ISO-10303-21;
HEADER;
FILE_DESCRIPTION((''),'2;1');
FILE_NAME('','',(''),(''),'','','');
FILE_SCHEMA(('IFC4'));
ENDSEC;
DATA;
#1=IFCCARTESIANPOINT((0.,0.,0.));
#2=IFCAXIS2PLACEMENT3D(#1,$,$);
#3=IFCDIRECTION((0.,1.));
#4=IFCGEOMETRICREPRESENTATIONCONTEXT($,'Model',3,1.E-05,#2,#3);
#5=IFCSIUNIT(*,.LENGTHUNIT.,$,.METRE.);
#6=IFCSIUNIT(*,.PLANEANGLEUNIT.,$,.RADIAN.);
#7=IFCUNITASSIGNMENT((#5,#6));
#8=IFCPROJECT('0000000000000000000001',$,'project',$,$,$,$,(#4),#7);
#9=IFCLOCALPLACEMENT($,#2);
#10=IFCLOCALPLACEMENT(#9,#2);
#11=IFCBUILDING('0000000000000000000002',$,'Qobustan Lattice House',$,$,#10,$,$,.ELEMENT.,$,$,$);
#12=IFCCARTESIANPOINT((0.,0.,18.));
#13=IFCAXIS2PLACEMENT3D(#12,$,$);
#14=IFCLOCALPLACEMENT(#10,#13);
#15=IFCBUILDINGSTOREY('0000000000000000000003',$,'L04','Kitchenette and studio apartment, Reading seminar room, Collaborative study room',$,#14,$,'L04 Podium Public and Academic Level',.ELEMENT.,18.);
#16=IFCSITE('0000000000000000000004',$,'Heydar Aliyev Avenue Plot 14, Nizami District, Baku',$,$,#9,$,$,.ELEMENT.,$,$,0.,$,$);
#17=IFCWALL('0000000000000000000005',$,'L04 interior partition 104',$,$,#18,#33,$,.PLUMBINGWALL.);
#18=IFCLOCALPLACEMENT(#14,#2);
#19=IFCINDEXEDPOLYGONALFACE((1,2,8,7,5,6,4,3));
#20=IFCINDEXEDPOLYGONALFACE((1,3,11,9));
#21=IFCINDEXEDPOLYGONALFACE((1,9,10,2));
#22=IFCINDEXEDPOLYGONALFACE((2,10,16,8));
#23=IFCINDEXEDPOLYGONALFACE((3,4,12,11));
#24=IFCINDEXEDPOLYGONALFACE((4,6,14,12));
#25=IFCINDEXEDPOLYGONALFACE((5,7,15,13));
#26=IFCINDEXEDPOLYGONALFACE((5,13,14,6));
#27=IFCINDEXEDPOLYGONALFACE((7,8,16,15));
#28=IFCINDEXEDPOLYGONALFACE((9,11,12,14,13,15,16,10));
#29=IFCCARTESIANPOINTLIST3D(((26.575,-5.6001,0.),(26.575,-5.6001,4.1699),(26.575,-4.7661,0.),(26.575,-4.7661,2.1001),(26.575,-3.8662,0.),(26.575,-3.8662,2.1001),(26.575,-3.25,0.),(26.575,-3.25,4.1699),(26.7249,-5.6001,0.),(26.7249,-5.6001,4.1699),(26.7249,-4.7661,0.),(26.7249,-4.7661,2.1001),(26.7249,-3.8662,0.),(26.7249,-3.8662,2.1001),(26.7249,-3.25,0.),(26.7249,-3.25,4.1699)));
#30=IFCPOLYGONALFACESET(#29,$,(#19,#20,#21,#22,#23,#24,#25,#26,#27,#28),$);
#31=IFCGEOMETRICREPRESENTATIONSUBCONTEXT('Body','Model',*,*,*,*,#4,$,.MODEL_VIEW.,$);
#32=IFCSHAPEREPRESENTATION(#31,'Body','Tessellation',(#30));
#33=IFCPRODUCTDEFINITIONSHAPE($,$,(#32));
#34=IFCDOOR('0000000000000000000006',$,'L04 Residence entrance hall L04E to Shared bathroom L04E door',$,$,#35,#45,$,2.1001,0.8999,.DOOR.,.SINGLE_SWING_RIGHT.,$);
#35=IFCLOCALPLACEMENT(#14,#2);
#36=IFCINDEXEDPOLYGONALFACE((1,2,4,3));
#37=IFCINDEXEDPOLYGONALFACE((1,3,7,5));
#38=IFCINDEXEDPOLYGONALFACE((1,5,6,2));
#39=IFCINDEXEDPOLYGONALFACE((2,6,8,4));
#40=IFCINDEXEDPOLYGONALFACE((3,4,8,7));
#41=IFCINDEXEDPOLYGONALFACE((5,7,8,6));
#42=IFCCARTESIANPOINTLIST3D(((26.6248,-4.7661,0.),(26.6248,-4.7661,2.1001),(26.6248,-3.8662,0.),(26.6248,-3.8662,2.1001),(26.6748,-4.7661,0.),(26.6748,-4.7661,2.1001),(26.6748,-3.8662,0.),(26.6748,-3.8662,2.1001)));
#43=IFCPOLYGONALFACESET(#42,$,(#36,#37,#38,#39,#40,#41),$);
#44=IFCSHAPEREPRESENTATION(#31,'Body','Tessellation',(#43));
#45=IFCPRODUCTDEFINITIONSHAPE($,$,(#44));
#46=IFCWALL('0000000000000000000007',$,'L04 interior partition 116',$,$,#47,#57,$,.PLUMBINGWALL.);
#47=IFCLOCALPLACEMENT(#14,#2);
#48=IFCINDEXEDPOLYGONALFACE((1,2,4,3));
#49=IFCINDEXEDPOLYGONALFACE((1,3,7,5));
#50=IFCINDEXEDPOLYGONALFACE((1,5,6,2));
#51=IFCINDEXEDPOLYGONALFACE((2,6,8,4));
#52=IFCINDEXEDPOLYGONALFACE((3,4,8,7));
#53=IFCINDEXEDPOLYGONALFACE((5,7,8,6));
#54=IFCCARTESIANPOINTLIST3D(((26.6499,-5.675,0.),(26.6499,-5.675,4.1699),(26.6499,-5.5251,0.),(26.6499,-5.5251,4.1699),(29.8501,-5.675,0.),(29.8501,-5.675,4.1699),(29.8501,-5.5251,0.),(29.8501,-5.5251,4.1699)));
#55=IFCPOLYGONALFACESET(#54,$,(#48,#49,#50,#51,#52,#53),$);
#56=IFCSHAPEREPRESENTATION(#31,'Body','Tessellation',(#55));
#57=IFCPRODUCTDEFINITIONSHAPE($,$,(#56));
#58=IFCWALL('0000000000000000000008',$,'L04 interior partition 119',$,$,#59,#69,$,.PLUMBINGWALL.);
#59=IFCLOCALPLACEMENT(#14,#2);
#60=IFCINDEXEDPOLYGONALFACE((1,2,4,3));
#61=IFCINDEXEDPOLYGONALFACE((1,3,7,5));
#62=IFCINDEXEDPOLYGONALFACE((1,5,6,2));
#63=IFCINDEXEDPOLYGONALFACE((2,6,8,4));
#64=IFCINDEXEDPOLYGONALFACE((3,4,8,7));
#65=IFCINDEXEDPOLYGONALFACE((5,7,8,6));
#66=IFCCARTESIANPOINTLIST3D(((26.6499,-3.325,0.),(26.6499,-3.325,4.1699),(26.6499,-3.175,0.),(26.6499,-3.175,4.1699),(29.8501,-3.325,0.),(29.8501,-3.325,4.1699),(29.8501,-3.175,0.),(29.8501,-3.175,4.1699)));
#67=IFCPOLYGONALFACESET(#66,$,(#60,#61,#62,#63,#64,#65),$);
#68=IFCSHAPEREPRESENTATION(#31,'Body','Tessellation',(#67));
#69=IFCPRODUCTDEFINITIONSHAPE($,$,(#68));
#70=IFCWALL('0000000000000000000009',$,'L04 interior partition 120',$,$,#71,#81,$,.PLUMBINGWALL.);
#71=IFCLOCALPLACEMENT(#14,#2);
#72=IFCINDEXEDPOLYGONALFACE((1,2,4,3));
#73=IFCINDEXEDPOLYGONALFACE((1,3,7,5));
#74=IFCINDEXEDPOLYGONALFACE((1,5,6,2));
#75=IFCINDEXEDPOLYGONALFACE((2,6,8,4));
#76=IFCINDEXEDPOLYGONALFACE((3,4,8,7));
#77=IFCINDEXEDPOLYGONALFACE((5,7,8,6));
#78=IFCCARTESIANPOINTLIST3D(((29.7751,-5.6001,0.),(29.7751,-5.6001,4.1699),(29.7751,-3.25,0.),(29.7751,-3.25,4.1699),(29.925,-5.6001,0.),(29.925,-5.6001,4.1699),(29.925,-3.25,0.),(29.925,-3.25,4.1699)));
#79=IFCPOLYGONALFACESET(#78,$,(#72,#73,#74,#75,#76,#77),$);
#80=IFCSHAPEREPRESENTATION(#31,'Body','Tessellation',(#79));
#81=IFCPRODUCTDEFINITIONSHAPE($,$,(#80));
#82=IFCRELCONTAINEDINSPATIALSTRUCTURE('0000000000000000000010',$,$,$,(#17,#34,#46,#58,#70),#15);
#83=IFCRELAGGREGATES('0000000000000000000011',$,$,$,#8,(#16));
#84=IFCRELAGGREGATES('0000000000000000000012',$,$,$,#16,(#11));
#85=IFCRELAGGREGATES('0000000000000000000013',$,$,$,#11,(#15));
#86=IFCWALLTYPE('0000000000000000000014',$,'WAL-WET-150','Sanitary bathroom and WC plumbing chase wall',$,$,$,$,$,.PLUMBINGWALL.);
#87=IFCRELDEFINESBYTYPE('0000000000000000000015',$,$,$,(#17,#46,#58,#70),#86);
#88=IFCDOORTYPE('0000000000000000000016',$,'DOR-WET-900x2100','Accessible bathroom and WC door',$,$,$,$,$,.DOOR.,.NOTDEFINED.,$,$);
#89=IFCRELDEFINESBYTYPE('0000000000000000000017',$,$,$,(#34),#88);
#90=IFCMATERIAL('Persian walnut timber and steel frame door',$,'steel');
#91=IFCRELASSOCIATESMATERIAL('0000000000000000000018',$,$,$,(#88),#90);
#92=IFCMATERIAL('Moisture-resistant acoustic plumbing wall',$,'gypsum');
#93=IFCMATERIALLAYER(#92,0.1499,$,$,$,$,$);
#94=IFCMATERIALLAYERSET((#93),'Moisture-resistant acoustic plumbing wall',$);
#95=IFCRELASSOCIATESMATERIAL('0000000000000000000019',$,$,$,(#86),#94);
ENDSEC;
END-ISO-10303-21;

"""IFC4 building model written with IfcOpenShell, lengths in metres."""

from ifc_helpers import new_model, si_unit, direction, frame, frame_2d, origin, place, context, subcontext, project, spatial, rectangle, extrude, material, layer, layer_set, type_object, element, fill, save


model = new_model("IFC4")

# Units and contexts
model_context = context("Model", 3, precision=1e-05, world=origin(), true_north=direction((0.0, 1.0)))
body_context = subcontext(model_context, "Body", "Model", "MODEL_VIEW")
ifc_project = project(units=[si_unit("LENGTHUNIT", "METRE"), si_unit("PLANEANGLEUNIT", "RADIAN")], contexts=[model_context])

# Site, building, storey
site_placement = place(None, origin())
site = spatial("IfcSite", under=ifc_project, at=site_placement, Name="Heydar Aliyev Avenue Plot 14, Nizami District, Baku", CompositionType="ELEMENT", RefElevation=0.0)
building_placement = place(site_placement, origin())
building = spatial("IfcBuilding", under=site, at=building_placement, Name="Qobustan Lattice House", CompositionType="ELEMENT")
storey_placement = place(building_placement, frame((0.0, 0.0, 18.0)))
storey = spatial("IfcBuildingStorey", under=building, at=storey_placement, Name="L04", Description="Kitchenette and studio apartment, Reading seminar room, Collaborative study room", LongName="L04 Podium Public and Academic Level", CompositionType="ELEMENT", Elevation=18.0)

# Shared definitions
ifc_material_1 = material(Name="Persian walnut timber and steel frame door", Category="steel")
door_type_1 = type_object("IfcDoorType", Name="DOR-WET-900x2100", Description="Accessible bathroom and WC door", OperationType="NOTDEFINED", PredefinedType="DOOR", material=ifc_material_1)

# Wall, opening, door
ifc_material_2 = material(Name="Moisture-resistant acoustic plumbing wall", Category="gypsum")
ifc_layer_1 = layer(ifc_material_2, 0.1499)
ifc_layer_set_1 = layer_set([ifc_layer_1], Name="Moisture-resistant acoustic plumbing wall")
wall_type_1 = type_object("IfcWallType", Name="WAL-WET-150", Description="Sanitary bathroom and WC plumbing chase wall", PredefinedType="PLUMBINGWALL", material=ifc_layer_set_1)
wall_1_placement = place(storey_placement, frame((26.6499, -3.25, 0.0), z_axis=(0.0, 0.0, 1.0), x_axis=(0.0, -1.0, 0.0)))
wall_1 = element("IfcWall", 1, at=wall_1_placement, inside=storey, type_object=wall_type_1, Name="L04 interior partition 104", PredefinedType="PLUMBINGWALL", context=body_context, shape_type="SweptSolid", body=[
    extrude(rectangle(XDim=2.3501, YDim=0.1499, at=frame_2d((1.175, 0.0))), origin(), (0.0, 0.0, 1.0), 4.1699),
])
opening_1_placement = place(wall_1_placement, frame((0.6162, 0.0, 0.0)))
opening_1 = element("IfcOpeningElement", 2, at=opening_1_placement, cuts=wall_1, PredefinedType="OPENING", context=body_context, shape_type="SweptSolid", body=[
    extrude(rectangle(XDim=0.8999, YDim=2.1001, at=frame_2d((0.45, 1.05))), frame((0.0, 0.085, 0.0), z_axis=(0.0, -1.0, 0.0), x_axis=(1.0, 0.0, 0.0)), (0.0, 0.0, 1.0), 0.1699),
])
door_1_placement = place(opening_1_placement, origin())
door_1 = element("IfcDoor", 3, at=door_1_placement, inside=storey, type_object=door_type_1, Name="L04 Residence entrance hall L04E to Shared bathroom L04E door", OperationType="SINGLE_SWING_RIGHT", OverallHeight=2.1001, OverallWidth=0.8999, PredefinedType="DOOR", context=body_context, shape_type="SweptSolid", body=[
    extrude(rectangle(XDim=0.8999, YDim=2.1001, at=frame_2d((0.45, 1.05))), frame((0.0, 0.0249, 0.0), z_axis=(0.0, -1.0, 0.0), x_axis=(1.0, 0.0, 0.0)), (0.0, 0.0, 1.0), 0.05),
])
fill(opening_1, door_1)

# Walls
for number, where, z_axis, x_axis, name in (
    (4, (26.6499, -5.6001, 0.0), (0.0, 0.0, 1.0), (1.0, 0.0, 0.0), "L04 interior partition 116"),
    (5, (26.6499, -3.25, 0.0), (0.0, 0.0, 1.0), (1.0, 0.0, 0.0), "L04 interior partition 119"),
):
    element("IfcWall", number, at=place(storey_placement, frame(where, z_axis=z_axis, x_axis=x_axis)), inside=storey, type_object=wall_type_1, Name=name, PredefinedType="PLUMBINGWALL", context=body_context, shape_type="SweptSolid", body=[
        extrude(rectangle(XDim=3.2002, YDim=0.1499, at=frame_2d((1.6001, 0.0))), origin(), (0.0, 0.0, 1.0), 4.1699),
    ])
wall_2_placement = place(storey_placement, frame((29.8501, -3.25, 0.0), z_axis=(0.0, 0.0, 1.0), x_axis=(0.0, -1.0, 0.0)))
element("IfcWall", 6, at=wall_2_placement, inside=storey, type_object=wall_type_1, Name="L04 interior partition 120", PredefinedType="PLUMBINGWALL", context=body_context, shape_type="SweptSolid", body=[
    extrude(rectangle(XDim=2.3501, YDim=0.1499, at=frame_2d((1.175, 0.0))), origin(), (0.0, 0.0, 1.0), 4.1699),
])

save(model, "model.ifc")
